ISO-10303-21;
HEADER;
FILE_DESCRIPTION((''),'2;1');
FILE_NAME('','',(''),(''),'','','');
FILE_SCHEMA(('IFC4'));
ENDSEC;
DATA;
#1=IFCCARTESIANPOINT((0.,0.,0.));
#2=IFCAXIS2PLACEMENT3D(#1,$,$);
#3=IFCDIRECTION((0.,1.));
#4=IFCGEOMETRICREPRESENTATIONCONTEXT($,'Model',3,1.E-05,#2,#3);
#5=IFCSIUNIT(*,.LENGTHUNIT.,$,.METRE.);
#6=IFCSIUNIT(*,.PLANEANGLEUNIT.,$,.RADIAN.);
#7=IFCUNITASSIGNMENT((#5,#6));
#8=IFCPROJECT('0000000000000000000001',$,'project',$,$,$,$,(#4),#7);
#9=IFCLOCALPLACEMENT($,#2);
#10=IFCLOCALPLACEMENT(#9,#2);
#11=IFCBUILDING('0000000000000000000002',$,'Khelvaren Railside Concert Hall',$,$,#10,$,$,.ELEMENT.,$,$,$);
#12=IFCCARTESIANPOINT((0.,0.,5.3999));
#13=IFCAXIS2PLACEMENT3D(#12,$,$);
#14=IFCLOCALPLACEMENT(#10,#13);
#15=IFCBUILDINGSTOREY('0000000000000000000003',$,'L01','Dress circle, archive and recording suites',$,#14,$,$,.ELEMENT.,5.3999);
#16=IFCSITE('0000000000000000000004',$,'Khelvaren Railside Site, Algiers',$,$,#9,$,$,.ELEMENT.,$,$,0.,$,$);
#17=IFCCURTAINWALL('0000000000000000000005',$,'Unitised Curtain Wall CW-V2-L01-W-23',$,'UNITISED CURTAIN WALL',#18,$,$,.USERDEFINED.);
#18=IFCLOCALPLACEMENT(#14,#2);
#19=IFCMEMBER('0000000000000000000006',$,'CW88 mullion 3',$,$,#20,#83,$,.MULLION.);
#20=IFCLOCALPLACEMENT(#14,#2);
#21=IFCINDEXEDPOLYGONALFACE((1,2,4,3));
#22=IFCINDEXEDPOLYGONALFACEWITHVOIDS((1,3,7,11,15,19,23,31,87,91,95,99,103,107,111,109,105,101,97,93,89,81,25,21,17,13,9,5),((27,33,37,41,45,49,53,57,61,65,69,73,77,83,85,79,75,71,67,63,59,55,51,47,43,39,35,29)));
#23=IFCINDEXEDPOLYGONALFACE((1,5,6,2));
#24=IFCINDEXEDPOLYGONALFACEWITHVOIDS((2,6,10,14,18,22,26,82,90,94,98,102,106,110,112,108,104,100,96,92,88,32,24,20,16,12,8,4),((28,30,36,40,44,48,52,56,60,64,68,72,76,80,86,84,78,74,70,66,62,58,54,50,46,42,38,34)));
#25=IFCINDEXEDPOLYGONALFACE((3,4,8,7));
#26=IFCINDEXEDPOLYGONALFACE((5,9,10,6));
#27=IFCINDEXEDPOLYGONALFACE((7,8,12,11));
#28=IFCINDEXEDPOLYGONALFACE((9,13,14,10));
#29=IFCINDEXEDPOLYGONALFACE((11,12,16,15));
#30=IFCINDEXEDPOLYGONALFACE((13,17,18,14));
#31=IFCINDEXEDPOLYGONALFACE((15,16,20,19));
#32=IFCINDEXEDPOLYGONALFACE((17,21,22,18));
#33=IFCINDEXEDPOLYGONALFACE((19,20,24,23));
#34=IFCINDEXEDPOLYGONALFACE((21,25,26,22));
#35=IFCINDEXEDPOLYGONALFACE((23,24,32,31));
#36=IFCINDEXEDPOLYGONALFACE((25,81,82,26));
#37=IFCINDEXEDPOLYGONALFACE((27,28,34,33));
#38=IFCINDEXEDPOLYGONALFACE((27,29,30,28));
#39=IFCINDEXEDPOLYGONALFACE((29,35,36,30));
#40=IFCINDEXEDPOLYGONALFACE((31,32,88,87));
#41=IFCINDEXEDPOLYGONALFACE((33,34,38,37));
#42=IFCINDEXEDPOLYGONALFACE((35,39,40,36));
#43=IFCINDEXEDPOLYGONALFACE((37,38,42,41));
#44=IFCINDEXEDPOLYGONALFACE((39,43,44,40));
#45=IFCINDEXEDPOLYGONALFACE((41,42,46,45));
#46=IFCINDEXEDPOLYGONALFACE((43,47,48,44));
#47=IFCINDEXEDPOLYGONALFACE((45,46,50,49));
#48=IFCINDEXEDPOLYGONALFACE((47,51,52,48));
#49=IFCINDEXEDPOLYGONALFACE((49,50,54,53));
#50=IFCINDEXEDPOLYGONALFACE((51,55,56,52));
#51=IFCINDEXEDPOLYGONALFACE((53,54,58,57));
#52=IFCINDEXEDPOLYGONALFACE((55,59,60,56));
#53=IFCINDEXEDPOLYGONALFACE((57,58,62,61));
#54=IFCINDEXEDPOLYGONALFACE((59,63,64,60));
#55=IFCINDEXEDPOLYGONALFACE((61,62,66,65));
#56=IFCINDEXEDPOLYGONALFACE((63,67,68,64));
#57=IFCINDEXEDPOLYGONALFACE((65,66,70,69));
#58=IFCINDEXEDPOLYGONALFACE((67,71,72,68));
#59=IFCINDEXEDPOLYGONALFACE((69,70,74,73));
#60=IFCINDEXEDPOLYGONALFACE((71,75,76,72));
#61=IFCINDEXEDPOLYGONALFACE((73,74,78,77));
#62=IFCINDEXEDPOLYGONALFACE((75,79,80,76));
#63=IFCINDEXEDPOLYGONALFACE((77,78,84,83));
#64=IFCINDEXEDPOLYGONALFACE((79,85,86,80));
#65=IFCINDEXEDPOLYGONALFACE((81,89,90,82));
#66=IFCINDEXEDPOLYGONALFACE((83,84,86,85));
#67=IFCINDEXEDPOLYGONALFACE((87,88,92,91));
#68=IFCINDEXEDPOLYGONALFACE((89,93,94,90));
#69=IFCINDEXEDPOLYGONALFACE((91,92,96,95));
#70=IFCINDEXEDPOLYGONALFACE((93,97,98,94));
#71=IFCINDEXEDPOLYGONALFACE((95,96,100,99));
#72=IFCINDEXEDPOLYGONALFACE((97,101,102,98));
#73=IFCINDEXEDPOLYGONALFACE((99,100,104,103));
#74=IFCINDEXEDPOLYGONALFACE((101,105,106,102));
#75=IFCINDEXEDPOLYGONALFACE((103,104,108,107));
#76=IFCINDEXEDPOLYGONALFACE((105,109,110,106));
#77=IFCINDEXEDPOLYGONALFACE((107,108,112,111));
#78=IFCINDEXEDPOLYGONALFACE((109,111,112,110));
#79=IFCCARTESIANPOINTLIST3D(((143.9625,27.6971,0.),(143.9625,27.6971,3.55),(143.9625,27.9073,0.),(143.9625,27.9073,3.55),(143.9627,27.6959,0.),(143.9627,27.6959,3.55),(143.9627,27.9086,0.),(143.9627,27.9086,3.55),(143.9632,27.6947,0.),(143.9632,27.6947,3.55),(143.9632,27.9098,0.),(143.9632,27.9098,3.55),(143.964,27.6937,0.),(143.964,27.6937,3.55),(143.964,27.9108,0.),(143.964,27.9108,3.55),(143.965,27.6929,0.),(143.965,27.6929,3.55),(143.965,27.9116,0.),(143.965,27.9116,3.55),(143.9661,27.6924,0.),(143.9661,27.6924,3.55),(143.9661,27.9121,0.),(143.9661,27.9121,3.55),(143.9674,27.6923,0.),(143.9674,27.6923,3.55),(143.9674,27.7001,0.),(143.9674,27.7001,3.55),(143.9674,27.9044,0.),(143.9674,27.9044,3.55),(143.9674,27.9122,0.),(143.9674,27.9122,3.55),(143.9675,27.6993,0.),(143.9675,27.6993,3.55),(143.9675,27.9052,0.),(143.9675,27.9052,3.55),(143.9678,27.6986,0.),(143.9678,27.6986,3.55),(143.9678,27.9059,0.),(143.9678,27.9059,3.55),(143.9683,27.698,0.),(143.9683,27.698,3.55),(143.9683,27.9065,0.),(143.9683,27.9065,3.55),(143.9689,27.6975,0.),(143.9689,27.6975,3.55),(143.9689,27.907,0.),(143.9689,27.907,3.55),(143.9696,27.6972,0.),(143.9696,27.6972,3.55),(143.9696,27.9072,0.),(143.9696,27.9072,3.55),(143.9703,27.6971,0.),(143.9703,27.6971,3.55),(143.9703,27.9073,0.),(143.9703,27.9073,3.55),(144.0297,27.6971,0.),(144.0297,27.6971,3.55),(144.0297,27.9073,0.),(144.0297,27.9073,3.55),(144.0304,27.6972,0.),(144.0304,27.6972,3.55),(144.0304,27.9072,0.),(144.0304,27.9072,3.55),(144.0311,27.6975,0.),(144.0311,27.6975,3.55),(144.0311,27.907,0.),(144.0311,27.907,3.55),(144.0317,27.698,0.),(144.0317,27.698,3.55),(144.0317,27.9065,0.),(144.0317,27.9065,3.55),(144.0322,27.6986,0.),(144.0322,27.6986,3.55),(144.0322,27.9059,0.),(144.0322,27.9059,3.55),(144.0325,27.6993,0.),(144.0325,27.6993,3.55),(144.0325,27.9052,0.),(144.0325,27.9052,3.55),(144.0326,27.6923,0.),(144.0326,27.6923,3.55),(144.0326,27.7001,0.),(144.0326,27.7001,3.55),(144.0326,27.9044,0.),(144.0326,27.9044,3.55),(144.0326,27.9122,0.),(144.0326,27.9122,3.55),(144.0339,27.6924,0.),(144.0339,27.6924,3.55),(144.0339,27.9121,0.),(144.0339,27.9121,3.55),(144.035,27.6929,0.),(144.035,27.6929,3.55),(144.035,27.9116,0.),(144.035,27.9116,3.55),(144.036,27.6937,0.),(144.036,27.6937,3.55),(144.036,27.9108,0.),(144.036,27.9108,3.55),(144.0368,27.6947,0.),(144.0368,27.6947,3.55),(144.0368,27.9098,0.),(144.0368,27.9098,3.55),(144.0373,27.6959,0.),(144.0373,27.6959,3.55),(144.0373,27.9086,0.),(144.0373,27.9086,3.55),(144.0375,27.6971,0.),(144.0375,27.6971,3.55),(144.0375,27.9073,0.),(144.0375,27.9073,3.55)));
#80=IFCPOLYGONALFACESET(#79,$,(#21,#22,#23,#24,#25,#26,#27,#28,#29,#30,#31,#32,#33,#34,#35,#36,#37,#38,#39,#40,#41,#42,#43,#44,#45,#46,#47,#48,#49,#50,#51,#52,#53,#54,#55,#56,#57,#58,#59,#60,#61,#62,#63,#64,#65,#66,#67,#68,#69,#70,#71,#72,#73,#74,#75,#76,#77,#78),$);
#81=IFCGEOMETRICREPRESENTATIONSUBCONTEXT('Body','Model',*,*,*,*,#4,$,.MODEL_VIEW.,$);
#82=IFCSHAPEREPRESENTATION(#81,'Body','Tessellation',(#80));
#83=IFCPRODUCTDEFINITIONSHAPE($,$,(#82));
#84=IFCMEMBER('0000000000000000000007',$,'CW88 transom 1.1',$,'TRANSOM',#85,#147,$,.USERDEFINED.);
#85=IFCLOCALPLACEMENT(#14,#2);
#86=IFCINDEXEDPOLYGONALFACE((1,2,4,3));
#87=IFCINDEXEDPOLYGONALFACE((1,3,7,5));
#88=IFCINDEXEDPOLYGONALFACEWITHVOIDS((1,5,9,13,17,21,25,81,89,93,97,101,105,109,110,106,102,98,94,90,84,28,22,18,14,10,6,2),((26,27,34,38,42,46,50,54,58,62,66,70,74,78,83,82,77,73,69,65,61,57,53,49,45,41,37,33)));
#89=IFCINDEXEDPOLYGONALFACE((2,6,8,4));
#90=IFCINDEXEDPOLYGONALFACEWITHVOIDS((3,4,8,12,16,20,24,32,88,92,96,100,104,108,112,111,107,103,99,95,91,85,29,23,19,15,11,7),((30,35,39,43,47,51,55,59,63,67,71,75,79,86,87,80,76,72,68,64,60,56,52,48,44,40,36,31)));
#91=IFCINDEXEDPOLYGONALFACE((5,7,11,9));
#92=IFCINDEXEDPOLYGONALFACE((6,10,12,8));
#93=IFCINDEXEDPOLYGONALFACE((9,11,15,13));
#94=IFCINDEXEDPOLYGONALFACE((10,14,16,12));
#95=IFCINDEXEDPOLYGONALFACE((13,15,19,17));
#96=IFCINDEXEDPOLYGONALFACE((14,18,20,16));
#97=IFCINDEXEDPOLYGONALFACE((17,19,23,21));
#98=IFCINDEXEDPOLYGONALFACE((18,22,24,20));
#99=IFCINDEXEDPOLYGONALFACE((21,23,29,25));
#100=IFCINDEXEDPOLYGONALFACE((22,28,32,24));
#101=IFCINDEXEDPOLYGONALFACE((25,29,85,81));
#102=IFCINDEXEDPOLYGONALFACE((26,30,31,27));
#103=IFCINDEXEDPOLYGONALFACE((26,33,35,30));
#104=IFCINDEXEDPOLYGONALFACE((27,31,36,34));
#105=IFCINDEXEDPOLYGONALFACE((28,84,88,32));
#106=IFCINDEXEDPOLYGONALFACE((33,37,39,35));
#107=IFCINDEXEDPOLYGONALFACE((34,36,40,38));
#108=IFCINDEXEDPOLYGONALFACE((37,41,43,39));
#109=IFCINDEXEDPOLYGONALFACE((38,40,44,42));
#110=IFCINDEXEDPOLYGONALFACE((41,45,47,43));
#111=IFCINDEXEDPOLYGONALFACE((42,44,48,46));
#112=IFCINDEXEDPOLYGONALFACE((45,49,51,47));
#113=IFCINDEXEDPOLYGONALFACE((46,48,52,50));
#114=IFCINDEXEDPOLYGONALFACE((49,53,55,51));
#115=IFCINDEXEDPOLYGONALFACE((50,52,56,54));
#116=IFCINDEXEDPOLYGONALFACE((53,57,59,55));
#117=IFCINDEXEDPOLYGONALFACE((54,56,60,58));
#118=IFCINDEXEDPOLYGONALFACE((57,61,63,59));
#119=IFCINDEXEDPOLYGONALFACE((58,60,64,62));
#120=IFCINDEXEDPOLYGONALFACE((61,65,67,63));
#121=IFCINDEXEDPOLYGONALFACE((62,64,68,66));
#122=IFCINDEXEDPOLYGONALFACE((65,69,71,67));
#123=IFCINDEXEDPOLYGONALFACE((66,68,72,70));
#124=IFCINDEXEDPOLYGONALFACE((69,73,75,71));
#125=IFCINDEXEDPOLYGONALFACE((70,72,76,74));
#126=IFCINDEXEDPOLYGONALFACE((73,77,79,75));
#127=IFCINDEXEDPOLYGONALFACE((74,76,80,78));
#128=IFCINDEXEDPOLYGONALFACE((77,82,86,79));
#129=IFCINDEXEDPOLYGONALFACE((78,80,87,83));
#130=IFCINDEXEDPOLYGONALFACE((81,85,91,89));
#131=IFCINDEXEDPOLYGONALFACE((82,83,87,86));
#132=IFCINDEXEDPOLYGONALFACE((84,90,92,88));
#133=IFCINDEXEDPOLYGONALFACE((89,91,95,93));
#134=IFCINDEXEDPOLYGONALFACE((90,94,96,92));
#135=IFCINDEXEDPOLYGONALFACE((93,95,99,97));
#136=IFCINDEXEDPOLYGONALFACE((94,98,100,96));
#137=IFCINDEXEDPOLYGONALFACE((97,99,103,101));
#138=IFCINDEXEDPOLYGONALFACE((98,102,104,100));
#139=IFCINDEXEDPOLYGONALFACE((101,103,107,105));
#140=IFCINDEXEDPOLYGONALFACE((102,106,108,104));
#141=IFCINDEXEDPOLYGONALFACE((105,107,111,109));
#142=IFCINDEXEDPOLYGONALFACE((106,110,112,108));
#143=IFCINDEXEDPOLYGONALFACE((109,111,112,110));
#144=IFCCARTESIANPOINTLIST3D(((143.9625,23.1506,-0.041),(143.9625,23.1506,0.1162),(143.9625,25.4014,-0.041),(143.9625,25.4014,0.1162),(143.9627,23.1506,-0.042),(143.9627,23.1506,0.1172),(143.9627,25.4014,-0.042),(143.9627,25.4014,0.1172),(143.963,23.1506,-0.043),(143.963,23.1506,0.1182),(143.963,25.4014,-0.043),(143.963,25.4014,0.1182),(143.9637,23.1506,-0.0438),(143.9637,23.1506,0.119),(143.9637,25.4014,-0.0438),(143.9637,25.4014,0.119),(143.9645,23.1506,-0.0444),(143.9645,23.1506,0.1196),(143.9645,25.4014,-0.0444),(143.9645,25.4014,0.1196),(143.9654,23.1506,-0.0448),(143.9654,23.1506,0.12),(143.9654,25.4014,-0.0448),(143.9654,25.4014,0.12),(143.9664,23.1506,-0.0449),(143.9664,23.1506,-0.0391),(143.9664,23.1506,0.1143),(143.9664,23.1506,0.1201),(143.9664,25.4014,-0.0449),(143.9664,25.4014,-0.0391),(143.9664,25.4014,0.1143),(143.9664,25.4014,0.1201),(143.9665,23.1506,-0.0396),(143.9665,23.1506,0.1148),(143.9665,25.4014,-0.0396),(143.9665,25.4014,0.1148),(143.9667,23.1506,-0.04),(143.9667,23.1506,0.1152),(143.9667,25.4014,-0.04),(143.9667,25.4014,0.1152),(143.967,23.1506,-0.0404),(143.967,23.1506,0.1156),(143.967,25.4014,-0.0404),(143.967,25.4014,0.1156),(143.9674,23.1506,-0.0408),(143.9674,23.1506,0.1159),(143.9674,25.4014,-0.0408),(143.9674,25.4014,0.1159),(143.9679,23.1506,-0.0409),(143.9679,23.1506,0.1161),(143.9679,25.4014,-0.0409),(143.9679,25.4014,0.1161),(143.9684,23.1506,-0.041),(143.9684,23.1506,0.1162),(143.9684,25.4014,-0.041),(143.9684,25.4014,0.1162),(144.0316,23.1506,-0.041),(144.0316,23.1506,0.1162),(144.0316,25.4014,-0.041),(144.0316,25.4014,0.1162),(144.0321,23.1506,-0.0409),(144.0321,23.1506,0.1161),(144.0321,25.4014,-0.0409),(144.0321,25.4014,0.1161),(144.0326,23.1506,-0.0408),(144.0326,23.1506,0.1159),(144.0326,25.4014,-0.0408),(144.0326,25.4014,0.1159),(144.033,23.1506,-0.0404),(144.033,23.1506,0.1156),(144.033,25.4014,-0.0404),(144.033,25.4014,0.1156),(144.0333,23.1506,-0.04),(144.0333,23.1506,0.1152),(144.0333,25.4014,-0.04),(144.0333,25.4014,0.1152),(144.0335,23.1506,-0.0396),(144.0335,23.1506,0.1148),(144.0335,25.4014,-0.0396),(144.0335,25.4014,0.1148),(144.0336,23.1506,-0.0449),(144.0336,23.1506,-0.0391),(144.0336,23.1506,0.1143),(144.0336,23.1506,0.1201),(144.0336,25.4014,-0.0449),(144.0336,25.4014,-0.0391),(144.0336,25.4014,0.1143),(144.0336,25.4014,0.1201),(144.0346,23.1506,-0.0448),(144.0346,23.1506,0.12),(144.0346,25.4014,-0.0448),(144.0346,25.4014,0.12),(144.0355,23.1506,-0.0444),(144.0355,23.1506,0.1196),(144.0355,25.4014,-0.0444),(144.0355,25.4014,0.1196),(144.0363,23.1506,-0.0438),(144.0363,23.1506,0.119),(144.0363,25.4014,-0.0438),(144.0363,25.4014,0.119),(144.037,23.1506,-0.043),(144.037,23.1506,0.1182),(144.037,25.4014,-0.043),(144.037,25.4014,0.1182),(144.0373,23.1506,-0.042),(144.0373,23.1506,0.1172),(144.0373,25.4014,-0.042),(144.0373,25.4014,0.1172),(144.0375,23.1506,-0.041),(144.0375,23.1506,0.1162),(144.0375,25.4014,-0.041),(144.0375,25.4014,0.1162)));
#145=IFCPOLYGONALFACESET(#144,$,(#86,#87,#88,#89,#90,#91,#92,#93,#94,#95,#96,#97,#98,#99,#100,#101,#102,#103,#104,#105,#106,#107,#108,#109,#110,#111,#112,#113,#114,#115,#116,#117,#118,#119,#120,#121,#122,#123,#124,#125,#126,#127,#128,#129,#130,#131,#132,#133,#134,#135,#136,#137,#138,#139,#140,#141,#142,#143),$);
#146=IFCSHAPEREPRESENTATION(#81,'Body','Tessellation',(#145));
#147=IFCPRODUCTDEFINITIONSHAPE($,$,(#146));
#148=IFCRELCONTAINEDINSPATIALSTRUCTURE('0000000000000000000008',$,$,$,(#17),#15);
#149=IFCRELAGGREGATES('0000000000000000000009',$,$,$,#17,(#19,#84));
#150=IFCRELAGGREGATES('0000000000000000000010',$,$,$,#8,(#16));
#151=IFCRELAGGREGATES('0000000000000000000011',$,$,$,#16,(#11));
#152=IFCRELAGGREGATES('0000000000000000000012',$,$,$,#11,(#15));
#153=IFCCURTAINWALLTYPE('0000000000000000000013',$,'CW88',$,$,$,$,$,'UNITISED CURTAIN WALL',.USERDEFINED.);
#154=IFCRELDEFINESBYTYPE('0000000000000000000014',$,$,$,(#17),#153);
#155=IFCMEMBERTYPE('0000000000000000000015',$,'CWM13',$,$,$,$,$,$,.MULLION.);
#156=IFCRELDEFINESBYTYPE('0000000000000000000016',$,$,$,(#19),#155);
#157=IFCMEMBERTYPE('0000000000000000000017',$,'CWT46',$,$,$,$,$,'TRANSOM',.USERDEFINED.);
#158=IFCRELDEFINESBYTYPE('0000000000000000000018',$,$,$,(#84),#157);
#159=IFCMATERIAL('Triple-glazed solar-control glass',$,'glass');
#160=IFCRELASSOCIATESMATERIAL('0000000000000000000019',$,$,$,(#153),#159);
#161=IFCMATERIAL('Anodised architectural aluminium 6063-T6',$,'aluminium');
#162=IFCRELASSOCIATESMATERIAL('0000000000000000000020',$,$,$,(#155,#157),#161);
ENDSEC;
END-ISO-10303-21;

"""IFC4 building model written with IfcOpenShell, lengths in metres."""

from ifc_helpers import new_model, si_unit, direction, frame, origin, origin_2d, place, context, subcontext, project, spatial, hollow_rectangle, extrude, material, material_profile, profile_set, type_object, element, aggregate, save


model = new_model("IFC4")

# Units and contexts
model_context = context("Model", 3, precision=1e-05, world=origin(), true_north=direction((0.0, 1.0)))
body_context = subcontext(model_context, "Body", "Model", "MODEL_VIEW")
ifc_project = project(units=[si_unit("LENGTHUNIT", "METRE"), si_unit("PLANEANGLEUNIT", "RADIAN")], contexts=[model_context])

# Site, building, storey
site_placement = place(None, origin())
site = spatial("IfcSite", under=ifc_project, at=site_placement, Name="Khelvaren Railside Site, Algiers", CompositionType="ELEMENT", RefElevation=0.0)
building_placement = place(site_placement, origin())
building = spatial("IfcBuilding", under=site, at=building_placement, Name="Khelvaren Railside Concert Hall", CompositionType="ELEMENT")
storey_placement = place(building_placement, frame((0.0, 0.0, 5.3999)))
storey = spatial("IfcBuildingStorey", under=building, at=storey_placement, Name="L01", Description="Dress circle, archive and recording suites", CompositionType="ELEMENT", Elevation=5.3999)

# Curtain wall, members
ifc_material_1 = material(Name="Triple-glazed solar-control glass", Category="glass")
curtain_wall_type = type_object("IfcCurtainWallType", Name="CW88", ElementType="UNITISED CURTAIN WALL", PredefinedType="USERDEFINED", material=ifc_material_1)
curtain_wall_placement = place(storey_placement, origin())
curtain_wall = element("IfcCurtainWall", 1, at=curtain_wall_placement, inside=storey, type_object=curtain_wall_type, Name="Unitised Curtain Wall CW-V2-L01-W-23", ObjectType="UNITISED CURTAIN WALL", PredefinedType="USERDEFINED")
ifc_material_2 = material(Name="Anodised architectural aluminium 6063-T6", Category="aluminium")
ifc_material_profile_1 = material_profile(ifc_material_2, hollow_rectangle(XDim=0.075, YDim=0.22, WallThickness=0.0049, InnerFilletRadius=0.0029, OuterFilletRadius=0.0049, at=origin_2d()), Name="CWM 75x220x5")
ifc_profile_set_1 = profile_set([ifc_material_profile_1], Name="Anodised architectural aluminium 6063-T6")
member_type_1 = type_object("IfcMemberType", Name="CWM13", PredefinedType="MULLION", material=ifc_profile_set_1)
member_1_placement = place(storey_placement, frame((144.0, 27.8022, 0.0), z_axis=(0.0, 0.0, 1.0), x_axis=(-1.0, 0.0, 0.0)))
member_1 = element("IfcMember", 2, at=member_1_placement, type_object=member_type_1, Name="CW88 mullion 3", PredefinedType="MULLION", context=body_context, shape_type="SweptSolid", body=[
    extrude(hollow_rectangle(XDim=0.075, YDim=0.22, WallThickness=0.0049, InnerFilletRadius=0.0029, OuterFilletRadius=0.0049, at=origin_2d()), origin(), (0.0, 0.0, 1.0), 3.55),
])
ifc_material_profile_2 = material_profile(ifc_material_2, hollow_rectangle(XDim=0.075, YDim=0.165, WallThickness=0.0039, InnerFilletRadius=0.002, OuterFilletRadius=0.0039, at=origin_2d()), Name="CWT 75x165x4")
ifc_profile_set_2 = profile_set([ifc_material_profile_2], Name="Anodised architectural aluminium 6063-T6")
member_type_2 = type_object("IfcMemberType", Name="CWT46", ElementType="TRANSOM", PredefinedType="USERDEFINED", material=ifc_profile_set_2)
member_2_placement = place(storey_placement, frame((144.0, 23.1506, 0.0376), z_axis=(0.0, 1.0, 0.0), x_axis=(-1.0, 0.0, 0.0)))
member_2 = element("IfcMember", 3, at=member_2_placement, type_object=member_type_2, Name="CW88 transom 1.1", ObjectType="TRANSOM", PredefinedType="USERDEFINED", context=body_context, shape_type="SweptSolid", body=[
    extrude(hollow_rectangle(XDim=0.075, YDim=0.165, WallThickness=0.0039, InnerFilletRadius=0.002, OuterFilletRadius=0.0039, at=origin_2d()), origin(), (0.0, 0.0, 1.0), 2.2507),
])

aggregate(curtain_wall, [member_1, member_2])

save(model, "model.ifc")
